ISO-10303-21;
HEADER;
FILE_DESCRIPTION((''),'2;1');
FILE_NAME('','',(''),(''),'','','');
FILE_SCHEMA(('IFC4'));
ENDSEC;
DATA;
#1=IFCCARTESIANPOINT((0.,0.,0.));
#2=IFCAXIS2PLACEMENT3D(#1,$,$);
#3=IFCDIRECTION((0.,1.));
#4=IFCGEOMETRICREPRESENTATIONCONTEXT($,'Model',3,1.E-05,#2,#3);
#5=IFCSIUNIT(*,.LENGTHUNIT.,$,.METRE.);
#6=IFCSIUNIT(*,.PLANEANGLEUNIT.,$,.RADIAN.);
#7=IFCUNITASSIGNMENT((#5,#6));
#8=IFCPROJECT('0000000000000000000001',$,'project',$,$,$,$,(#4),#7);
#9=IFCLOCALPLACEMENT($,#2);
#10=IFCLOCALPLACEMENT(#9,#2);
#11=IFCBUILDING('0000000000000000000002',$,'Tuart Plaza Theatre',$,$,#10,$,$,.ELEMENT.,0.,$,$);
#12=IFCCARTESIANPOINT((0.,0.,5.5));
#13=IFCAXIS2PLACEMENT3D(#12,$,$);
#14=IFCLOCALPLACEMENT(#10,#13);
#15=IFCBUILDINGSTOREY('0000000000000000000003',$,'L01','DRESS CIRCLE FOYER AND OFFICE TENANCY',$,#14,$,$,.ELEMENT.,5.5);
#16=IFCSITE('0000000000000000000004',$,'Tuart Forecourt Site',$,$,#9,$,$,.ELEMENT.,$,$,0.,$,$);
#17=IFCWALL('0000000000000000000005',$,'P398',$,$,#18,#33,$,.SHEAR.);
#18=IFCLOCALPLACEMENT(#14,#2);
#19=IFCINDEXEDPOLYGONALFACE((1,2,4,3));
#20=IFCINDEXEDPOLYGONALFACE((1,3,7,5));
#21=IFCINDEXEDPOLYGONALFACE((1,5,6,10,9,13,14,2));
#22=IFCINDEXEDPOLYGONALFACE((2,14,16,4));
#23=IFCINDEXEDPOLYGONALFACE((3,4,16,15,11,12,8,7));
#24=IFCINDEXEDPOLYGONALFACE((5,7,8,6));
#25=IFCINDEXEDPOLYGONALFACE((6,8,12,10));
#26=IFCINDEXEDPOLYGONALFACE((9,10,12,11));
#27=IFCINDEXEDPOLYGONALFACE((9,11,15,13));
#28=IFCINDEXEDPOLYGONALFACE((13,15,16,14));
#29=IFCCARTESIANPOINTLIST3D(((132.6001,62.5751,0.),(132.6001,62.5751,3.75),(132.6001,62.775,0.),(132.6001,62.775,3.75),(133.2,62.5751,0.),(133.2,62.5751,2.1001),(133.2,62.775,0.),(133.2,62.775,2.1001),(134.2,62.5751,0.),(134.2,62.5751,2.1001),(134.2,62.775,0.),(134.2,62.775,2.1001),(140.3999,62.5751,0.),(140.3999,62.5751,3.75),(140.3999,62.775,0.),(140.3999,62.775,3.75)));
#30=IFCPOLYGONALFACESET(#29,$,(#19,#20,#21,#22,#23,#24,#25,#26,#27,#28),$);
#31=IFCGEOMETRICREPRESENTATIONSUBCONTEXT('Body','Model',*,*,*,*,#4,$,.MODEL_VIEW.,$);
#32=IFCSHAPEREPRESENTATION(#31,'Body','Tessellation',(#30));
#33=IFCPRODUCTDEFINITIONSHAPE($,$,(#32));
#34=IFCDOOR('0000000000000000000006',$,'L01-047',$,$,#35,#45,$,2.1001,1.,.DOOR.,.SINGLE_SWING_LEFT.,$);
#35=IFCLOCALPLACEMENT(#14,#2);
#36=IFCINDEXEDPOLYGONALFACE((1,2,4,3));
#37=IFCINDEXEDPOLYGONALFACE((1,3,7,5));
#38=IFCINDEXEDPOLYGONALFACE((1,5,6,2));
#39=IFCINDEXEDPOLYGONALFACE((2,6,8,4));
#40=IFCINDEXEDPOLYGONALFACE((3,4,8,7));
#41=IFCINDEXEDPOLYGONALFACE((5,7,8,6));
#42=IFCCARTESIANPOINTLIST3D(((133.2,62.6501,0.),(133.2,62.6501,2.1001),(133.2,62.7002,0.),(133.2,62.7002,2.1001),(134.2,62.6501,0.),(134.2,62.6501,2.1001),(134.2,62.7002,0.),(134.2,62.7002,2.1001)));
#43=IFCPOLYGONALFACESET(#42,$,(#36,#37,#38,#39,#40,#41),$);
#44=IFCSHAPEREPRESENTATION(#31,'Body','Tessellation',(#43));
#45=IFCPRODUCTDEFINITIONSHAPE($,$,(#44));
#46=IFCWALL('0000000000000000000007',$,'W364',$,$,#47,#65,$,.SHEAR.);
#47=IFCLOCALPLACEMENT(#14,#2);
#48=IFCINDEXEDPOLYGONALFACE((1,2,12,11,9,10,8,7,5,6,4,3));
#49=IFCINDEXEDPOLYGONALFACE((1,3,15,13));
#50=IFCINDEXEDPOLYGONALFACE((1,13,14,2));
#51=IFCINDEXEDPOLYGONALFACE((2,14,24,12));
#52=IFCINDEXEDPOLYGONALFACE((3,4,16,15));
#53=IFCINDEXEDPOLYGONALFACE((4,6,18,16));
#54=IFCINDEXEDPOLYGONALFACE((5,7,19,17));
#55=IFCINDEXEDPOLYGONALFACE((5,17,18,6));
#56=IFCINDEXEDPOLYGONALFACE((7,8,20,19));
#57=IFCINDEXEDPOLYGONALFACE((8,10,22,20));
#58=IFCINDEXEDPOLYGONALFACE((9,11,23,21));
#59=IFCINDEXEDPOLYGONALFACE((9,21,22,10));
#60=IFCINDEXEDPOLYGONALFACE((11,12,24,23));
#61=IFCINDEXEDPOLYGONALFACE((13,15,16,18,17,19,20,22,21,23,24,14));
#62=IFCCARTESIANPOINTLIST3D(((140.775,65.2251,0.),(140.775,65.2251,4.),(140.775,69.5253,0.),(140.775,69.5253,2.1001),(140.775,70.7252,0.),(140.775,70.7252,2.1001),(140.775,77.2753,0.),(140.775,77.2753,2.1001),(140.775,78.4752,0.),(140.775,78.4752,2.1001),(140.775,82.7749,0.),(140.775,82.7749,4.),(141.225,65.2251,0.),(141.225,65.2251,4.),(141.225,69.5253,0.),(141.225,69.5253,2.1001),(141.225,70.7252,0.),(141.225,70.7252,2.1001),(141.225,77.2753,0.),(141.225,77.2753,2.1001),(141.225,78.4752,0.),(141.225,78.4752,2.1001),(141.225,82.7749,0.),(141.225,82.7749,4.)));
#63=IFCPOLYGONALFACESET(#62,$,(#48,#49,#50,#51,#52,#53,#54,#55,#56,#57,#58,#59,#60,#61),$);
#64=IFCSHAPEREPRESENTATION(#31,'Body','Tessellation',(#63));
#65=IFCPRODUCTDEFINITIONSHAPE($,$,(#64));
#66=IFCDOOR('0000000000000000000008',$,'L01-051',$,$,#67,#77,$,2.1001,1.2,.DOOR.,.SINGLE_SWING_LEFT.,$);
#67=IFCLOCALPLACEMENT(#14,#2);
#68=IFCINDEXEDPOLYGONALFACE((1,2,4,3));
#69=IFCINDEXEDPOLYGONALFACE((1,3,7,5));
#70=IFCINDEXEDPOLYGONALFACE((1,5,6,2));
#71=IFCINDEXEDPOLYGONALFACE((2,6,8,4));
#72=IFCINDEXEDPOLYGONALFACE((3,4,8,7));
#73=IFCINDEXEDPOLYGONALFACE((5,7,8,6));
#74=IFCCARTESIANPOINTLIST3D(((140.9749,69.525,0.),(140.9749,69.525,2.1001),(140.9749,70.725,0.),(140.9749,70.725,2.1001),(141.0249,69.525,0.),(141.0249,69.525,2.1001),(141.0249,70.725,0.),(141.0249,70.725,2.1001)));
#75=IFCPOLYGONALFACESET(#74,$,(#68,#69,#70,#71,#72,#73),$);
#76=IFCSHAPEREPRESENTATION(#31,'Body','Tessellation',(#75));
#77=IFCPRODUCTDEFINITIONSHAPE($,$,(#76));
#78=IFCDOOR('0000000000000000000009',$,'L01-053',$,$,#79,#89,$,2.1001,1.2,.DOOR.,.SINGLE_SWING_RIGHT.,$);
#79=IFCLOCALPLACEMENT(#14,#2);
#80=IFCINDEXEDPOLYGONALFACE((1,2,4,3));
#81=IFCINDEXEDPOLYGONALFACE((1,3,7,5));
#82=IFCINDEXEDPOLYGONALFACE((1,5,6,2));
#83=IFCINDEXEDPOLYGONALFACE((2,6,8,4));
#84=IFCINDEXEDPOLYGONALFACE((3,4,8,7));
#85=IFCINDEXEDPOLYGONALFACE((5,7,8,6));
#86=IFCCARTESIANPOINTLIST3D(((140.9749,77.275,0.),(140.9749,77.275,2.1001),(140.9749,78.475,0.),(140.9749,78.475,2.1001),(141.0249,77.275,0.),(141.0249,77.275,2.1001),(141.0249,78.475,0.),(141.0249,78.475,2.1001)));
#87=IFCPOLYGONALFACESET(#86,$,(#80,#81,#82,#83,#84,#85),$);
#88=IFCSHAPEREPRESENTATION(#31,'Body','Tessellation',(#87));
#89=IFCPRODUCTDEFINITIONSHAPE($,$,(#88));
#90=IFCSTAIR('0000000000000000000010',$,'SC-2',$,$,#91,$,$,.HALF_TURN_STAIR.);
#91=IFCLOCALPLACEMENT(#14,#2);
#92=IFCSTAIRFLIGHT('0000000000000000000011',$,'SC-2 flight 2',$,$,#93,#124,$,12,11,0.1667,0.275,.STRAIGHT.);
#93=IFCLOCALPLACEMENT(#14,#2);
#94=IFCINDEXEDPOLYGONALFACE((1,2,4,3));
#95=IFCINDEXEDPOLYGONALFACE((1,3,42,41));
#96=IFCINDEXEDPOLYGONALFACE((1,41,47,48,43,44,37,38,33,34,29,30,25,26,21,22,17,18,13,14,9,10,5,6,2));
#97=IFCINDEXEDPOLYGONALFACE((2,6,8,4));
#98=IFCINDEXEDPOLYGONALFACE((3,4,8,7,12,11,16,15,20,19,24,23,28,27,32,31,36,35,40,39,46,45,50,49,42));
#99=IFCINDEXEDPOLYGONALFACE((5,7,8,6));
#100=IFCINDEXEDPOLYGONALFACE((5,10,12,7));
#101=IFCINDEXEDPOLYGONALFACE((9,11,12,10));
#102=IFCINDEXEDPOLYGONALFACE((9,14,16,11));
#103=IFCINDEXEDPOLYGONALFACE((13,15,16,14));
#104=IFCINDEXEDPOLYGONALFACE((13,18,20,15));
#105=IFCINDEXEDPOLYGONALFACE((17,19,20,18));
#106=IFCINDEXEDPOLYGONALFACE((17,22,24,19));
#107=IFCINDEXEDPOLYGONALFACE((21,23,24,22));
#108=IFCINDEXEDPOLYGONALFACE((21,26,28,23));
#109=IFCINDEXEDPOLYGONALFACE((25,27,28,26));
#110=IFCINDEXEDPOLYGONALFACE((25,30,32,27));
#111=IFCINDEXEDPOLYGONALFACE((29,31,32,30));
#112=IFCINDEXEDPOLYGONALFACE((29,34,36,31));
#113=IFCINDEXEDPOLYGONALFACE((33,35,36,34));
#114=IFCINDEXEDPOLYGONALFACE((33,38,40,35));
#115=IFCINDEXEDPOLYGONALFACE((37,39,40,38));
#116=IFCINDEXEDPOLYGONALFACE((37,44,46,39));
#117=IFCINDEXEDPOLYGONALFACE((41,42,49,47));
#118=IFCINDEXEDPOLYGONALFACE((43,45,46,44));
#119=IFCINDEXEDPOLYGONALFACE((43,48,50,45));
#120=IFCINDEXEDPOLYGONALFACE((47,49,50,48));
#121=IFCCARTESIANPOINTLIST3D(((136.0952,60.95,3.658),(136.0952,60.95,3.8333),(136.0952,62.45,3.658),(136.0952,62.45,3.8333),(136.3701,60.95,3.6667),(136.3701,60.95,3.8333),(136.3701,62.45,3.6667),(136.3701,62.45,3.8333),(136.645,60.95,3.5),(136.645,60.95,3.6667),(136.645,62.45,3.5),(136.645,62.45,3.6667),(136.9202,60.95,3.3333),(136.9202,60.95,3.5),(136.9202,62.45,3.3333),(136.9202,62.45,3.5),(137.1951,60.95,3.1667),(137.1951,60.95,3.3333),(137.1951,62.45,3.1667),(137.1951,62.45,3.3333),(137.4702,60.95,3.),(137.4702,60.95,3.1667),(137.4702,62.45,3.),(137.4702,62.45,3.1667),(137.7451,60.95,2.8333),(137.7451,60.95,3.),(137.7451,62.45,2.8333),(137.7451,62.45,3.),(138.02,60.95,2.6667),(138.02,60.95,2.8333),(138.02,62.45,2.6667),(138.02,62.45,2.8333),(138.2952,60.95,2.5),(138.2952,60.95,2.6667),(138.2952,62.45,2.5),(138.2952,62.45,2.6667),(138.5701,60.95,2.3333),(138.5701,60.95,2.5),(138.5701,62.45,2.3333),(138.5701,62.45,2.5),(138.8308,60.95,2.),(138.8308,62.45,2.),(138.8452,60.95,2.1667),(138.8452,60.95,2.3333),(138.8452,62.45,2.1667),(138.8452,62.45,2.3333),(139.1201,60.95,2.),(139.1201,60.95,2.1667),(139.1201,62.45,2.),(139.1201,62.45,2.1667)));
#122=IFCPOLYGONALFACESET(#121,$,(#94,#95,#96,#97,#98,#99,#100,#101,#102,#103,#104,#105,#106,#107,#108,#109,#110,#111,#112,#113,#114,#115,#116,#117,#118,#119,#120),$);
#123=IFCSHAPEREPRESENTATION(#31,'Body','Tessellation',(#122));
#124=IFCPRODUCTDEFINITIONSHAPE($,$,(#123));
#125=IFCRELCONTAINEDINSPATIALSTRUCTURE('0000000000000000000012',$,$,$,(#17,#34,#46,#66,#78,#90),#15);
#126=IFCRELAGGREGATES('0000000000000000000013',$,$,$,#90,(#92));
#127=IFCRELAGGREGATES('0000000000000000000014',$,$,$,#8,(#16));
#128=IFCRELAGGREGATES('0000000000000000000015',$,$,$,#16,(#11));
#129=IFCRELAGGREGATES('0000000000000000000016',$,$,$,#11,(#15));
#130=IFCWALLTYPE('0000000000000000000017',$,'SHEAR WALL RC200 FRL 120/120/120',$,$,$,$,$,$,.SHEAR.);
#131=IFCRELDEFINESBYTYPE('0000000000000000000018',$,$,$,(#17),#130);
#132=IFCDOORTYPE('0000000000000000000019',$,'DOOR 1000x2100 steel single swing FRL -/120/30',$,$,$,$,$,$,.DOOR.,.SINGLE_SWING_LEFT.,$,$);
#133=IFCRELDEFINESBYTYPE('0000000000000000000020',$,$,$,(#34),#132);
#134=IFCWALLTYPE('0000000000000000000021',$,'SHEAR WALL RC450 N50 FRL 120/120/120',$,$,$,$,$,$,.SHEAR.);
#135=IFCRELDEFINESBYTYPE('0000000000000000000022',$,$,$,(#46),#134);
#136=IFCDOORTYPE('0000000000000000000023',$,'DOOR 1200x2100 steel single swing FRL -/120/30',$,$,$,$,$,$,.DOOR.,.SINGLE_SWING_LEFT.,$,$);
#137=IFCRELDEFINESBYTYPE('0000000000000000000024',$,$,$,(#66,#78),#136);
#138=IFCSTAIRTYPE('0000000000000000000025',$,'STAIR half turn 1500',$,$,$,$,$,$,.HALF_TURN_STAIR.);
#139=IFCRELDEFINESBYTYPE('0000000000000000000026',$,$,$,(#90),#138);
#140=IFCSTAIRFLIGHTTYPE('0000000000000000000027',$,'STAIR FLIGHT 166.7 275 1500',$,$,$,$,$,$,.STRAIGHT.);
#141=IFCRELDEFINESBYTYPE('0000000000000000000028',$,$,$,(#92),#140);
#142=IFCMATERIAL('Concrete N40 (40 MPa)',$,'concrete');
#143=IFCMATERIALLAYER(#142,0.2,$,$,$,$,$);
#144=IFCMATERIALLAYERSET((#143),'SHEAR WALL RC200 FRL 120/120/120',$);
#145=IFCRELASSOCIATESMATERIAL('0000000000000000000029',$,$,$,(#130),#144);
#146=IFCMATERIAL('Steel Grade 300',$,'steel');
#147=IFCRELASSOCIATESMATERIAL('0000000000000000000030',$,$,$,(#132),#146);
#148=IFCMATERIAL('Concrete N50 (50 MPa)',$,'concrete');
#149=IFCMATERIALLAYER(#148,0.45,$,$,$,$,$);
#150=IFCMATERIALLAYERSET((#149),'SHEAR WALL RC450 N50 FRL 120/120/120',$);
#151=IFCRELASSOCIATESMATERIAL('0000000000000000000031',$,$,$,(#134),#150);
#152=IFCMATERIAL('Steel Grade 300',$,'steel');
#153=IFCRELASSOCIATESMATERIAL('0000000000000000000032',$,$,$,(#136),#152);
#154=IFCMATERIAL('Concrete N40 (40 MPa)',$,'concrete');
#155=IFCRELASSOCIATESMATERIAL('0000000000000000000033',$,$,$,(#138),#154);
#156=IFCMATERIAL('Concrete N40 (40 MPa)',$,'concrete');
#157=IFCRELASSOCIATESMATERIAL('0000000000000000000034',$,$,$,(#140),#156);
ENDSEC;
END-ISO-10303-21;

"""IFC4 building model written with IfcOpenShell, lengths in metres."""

from ifc_helpers import new_model, si_unit, direction, frame, frame_2d, origin, place, context, subcontext, project, spatial, polyline, rectangle, outline, extrude, material, layer, layer_set, type_object, element, fill, aggregate, save


model = new_model("IFC4")

# Units and contexts
model_context = context("Model", 3, precision=1e-05, world=origin(), true_north=direction((0.0, 1.0)))
body_context = subcontext(model_context, "Body", "Model", "MODEL_VIEW")
ifc_project = project(units=[si_unit("LENGTHUNIT", "METRE"), si_unit("PLANEANGLEUNIT", "RADIAN")], contexts=[model_context])

# Site, building, storey
site_placement = place(None, origin())
site = spatial("IfcSite", under=ifc_project, at=site_placement, Name="Tuart Forecourt Site", CompositionType="ELEMENT", RefElevation=0.0)
building_placement = place(site_placement, origin())
building = spatial("IfcBuilding", under=site, at=building_placement, Name="Tuart Plaza Theatre", CompositionType="ELEMENT", ElevationOfRefHeight=0.0)
storey_placement = place(building_placement, frame((0.0, 0.0, 5.5)))
storey = spatial("IfcBuildingStorey", under=building, at=storey_placement, Name="L01", Description="DRESS CIRCLE FOYER AND OFFICE TENANCY", CompositionType="ELEMENT", Elevation=5.5)

# Shared definitions
ifc_material_1 = material(Name="Concrete N40 (40 MPa)", Category="concrete")
ifc_layer_1 = layer(ifc_material_1, 0.2)
ifc_layer_set_1 = layer_set([ifc_layer_1], Name="SHEAR WALL RC200 FRL 120/120/120")
wall_type_1 = type_object("IfcWallType", Name="SHEAR WALL RC200 FRL 120/120/120", PredefinedType="SHEAR", material=ifc_layer_set_1)

# Wall, opening, door
wall_1_placement = place(storey_placement, frame((140.3999, 62.675, 0.0), z_axis=(0.0, 0.0, 1.0), x_axis=(-1.0, 0.0, 0.0)))
wall_1 = element("IfcWall", 1, at=wall_1_placement, inside=storey, type_object=wall_type_1, Name="P398", PredefinedType="SHEAR", context=body_context, shape_type="SweptSolid", body=[
    extrude(rectangle(XDim=7.7998, YDim=0.2, at=frame_2d((3.8999, 0.0))), origin(), (0.0, 0.0, 1.0), 3.75),
])
opening_1_placement = place(wall_1_placement, frame((6.2, 0.0, 0.0)))
opening_1 = element("IfcOpeningElement", 2, at=opening_1_placement, cuts=wall_1, PredefinedType="OPENING", context=body_context, shape_type="SweptSolid", body=[
    extrude(rectangle(XDim=1.0, YDim=2.1001, at=frame_2d((0.5, 1.05))), frame((0.0, 0.1099, 0.0), z_axis=(0.0, -1.0, 0.0), x_axis=(1.0, 0.0, 0.0)), (0.0, 0.0, 1.0), 0.22),
])
ifc_material_2 = material(Name="Steel Grade 300", Category="steel")
door_type_1 = type_object("IfcDoorType", Name="DOOR 1000x2100 steel single swing FRL -/120/30", OperationType="SINGLE_SWING_LEFT", PredefinedType="DOOR", material=ifc_material_2)
door_1_placement = place(opening_1_placement, origin())
door_1 = element("IfcDoor", 3, at=door_1_placement, inside=storey, type_object=door_type_1, Name="L01-047", OperationType="SINGLE_SWING_LEFT", OverallHeight=2.1001, OverallWidth=1.0, PredefinedType="DOOR", context=body_context, shape_type="SweptSolid", body=[
    extrude(rectangle(XDim=1.0, YDim=2.1001, at=frame_2d((0.5, 1.05))), frame((0.0, 0.0249, 0.0), z_axis=(0.0, -1.0, 0.0), x_axis=(1.0, 0.0, 0.0)), (0.0, 0.0, 1.0), 0.05),
])
fill(opening_1, door_1)

# Wall, openings, doors
ifc_material_3 = material(Name="Concrete N50 (50 MPa)", Category="concrete")
ifc_layer_2 = layer(ifc_material_3, 0.45)
ifc_layer_set_2 = layer_set([ifc_layer_2], Name="SHEAR WALL RC450 N50 FRL 120/120/120")
wall_type_2 = type_object("IfcWallType", Name="SHEAR WALL RC450 N50 FRL 120/120/120", PredefinedType="SHEAR", material=ifc_layer_set_2)
wall_2_placement = place(storey_placement, frame((141.0, 65.2251, 0.0), z_axis=(0.0, 0.0, 1.0), x_axis=(0.0, 1.0, 0.0)))
wall_2 = element("IfcWall", 4, at=wall_2_placement, inside=storey, type_object=wall_type_2, Name="W364", PredefinedType="SHEAR", context=body_context, shape_type="SweptSolid", body=[
    extrude(rectangle(XDim=17.5498, YDim=0.45, at=frame_2d((8.7749, 0.0))), origin(), (0.0, 0.0, 1.0), 4.0),
])
opening_2_placement = place(wall_2_placement, frame((4.3, 0.0, 0.0)))
opening_2 = element("IfcOpeningElement", 5, at=opening_2_placement, cuts=wall_2, PredefinedType="OPENING", context=body_context, shape_type="SweptSolid", body=[
    extrude(rectangle(XDim=1.2, YDim=2.1001, at=frame_2d((0.6001, 1.05))), frame((0.0, 0.2349, 0.0), z_axis=(0.0, -1.0, 0.0), x_axis=(1.0, 0.0, 0.0)), (0.0, 0.0, 1.0), 0.47),
])
opening_3_placement = place(wall_2_placement, frame((12.05, 0.0, 0.0)))
opening_3 = element("IfcOpeningElement", 6, at=opening_3_placement, cuts=wall_2, PredefinedType="OPENING", context=body_context, shape_type="SweptSolid", body=[
    extrude(rectangle(XDim=1.2, YDim=2.1001, at=frame_2d((0.6001, 1.05))), frame((0.0, 0.2349, 0.0), z_axis=(0.0, -1.0, 0.0), x_axis=(1.0, 0.0, 0.0)), (0.0, 0.0, 1.0), 0.47),
])
ifc_material_4 = material(Name="Steel Grade 300", Category="steel")
door_type_2 = type_object("IfcDoorType", Name="DOOR 1200x2100 steel single swing FRL -/120/30", OperationType="SINGLE_SWING_LEFT", PredefinedType="DOOR", material=ifc_material_4)
door_2_placement = place(opening_2_placement, frame((1.2, 0.0, 0.0), z_axis=(0.0, 0.0, 1.0), x_axis=(-1.0, 0.0, 0.0)))
door_2 = element("IfcDoor", 7, at=door_2_placement, inside=storey, type_object=door_type_2, Name="L01-051", OperationType="SINGLE_SWING_LEFT", OverallHeight=2.1001, OverallWidth=1.2, PredefinedType="DOOR", context=body_context, shape_type="SweptSolid", body=[
    extrude(rectangle(XDim=1.2, YDim=2.1001, at=frame_2d((0.6001, 1.05))), frame((0.0, 0.0249, 0.0), z_axis=(0.0, -1.0, 0.0), x_axis=(1.0, 0.0, 0.0)), (0.0, 0.0, 1.0), 0.05),
])
fill(opening_2, door_2)
door_3_placement = place(opening_3_placement, frame((1.2, 0.0, 0.0), z_axis=(0.0, 0.0, 1.0), x_axis=(-1.0, 0.0, 0.0)))
door_3 = element("IfcDoor", 8, at=door_3_placement, inside=storey, type_object=door_type_2, Name="L01-053", OperationType="SINGLE_SWING_RIGHT", OverallHeight=2.1001, OverallWidth=1.2, PredefinedType="DOOR", context=body_context, shape_type="SweptSolid", body=[
    extrude(rectangle(XDim=1.2, YDim=2.1001, at=frame_2d((0.6001, 1.05))), frame((0.0, 0.0249, 0.0), z_axis=(0.0, -1.0, 0.0), x_axis=(1.0, 0.0, 0.0)), (0.0, 0.0, 1.0), 0.05),
])
fill(opening_3, door_3)

# Stair, stair flight
ifc_material_5 = material(Name="Concrete N40 (40 MPa)", Category="concrete")
stair_type = type_object("IfcStairType", Name="STAIR half turn 1500", PredefinedType="HALF_TURN_STAIR", material=ifc_material_5)
stair_placement = place(storey_placement, origin())
stair = element("IfcStair", 9, at=stair_placement, inside=storey, type_object=stair_type, Name="SC-2", PredefinedType="HALF_TURN_STAIR")
ifc_material_6 = material(Name="Concrete N40 (40 MPa)", Category="concrete")
stair_flight_type = type_object("IfcStairFlightType", Name="STAIR FLIGHT 166.7 275 1500", PredefinedType="STRAIGHT", material=ifc_material_6)
stair_flight_placement = place(storey_placement, frame((139.1201, 61.7, 2.0), z_axis=(0.0, 0.0, 1.0), x_axis=(-1.0, 0.0, 0.0)))
stair_flight = element("IfcStairFlight", 10, at=stair_flight_placement, type_object=stair_flight_type, Name="SC-2 flight 2", NumberOfRisers=12, NumberOfTreads=11, PredefinedType="STRAIGHT", RiserHeight=0.1667, TreadLength=0.275, context=body_context, shape_type="SweptSolid", body=[
    extrude(outline(polyline([(0.0, 0.0), (0.0, 0.1667), (0.2749, 0.1667), (0.2749, 0.3333), (0.55, 0.3333), (0.55, 0.5), (0.825, 0.5), (0.825, 0.6667), (1.1001, 0.6667), (1.1001, 0.8333), (1.375, 0.8333), (1.375, 1.0), (1.6499, 1.0), (1.6499, 1.1667), (1.925, 1.1667), (1.925, 1.3333), (2.2, 1.3333), (2.2, 1.5), (2.4751, 1.5), (2.4751, 1.6667), (2.75, 1.6667), (2.75, 1.8333), (3.0249, 1.8333), (3.0249, 2.0), (3.0249, 1.658), (0.2893, 0.0), (0.0, 0.0)])), frame((0.0, 0.75, 0.0), z_axis=(0.0, -1.0, 0.0), x_axis=(1.0, 0.0, 0.0)), (0.0, 0.0, 1.0), 1.5),
])
aggregate(stair, [stair_flight])

save(model, "model.ifc")
